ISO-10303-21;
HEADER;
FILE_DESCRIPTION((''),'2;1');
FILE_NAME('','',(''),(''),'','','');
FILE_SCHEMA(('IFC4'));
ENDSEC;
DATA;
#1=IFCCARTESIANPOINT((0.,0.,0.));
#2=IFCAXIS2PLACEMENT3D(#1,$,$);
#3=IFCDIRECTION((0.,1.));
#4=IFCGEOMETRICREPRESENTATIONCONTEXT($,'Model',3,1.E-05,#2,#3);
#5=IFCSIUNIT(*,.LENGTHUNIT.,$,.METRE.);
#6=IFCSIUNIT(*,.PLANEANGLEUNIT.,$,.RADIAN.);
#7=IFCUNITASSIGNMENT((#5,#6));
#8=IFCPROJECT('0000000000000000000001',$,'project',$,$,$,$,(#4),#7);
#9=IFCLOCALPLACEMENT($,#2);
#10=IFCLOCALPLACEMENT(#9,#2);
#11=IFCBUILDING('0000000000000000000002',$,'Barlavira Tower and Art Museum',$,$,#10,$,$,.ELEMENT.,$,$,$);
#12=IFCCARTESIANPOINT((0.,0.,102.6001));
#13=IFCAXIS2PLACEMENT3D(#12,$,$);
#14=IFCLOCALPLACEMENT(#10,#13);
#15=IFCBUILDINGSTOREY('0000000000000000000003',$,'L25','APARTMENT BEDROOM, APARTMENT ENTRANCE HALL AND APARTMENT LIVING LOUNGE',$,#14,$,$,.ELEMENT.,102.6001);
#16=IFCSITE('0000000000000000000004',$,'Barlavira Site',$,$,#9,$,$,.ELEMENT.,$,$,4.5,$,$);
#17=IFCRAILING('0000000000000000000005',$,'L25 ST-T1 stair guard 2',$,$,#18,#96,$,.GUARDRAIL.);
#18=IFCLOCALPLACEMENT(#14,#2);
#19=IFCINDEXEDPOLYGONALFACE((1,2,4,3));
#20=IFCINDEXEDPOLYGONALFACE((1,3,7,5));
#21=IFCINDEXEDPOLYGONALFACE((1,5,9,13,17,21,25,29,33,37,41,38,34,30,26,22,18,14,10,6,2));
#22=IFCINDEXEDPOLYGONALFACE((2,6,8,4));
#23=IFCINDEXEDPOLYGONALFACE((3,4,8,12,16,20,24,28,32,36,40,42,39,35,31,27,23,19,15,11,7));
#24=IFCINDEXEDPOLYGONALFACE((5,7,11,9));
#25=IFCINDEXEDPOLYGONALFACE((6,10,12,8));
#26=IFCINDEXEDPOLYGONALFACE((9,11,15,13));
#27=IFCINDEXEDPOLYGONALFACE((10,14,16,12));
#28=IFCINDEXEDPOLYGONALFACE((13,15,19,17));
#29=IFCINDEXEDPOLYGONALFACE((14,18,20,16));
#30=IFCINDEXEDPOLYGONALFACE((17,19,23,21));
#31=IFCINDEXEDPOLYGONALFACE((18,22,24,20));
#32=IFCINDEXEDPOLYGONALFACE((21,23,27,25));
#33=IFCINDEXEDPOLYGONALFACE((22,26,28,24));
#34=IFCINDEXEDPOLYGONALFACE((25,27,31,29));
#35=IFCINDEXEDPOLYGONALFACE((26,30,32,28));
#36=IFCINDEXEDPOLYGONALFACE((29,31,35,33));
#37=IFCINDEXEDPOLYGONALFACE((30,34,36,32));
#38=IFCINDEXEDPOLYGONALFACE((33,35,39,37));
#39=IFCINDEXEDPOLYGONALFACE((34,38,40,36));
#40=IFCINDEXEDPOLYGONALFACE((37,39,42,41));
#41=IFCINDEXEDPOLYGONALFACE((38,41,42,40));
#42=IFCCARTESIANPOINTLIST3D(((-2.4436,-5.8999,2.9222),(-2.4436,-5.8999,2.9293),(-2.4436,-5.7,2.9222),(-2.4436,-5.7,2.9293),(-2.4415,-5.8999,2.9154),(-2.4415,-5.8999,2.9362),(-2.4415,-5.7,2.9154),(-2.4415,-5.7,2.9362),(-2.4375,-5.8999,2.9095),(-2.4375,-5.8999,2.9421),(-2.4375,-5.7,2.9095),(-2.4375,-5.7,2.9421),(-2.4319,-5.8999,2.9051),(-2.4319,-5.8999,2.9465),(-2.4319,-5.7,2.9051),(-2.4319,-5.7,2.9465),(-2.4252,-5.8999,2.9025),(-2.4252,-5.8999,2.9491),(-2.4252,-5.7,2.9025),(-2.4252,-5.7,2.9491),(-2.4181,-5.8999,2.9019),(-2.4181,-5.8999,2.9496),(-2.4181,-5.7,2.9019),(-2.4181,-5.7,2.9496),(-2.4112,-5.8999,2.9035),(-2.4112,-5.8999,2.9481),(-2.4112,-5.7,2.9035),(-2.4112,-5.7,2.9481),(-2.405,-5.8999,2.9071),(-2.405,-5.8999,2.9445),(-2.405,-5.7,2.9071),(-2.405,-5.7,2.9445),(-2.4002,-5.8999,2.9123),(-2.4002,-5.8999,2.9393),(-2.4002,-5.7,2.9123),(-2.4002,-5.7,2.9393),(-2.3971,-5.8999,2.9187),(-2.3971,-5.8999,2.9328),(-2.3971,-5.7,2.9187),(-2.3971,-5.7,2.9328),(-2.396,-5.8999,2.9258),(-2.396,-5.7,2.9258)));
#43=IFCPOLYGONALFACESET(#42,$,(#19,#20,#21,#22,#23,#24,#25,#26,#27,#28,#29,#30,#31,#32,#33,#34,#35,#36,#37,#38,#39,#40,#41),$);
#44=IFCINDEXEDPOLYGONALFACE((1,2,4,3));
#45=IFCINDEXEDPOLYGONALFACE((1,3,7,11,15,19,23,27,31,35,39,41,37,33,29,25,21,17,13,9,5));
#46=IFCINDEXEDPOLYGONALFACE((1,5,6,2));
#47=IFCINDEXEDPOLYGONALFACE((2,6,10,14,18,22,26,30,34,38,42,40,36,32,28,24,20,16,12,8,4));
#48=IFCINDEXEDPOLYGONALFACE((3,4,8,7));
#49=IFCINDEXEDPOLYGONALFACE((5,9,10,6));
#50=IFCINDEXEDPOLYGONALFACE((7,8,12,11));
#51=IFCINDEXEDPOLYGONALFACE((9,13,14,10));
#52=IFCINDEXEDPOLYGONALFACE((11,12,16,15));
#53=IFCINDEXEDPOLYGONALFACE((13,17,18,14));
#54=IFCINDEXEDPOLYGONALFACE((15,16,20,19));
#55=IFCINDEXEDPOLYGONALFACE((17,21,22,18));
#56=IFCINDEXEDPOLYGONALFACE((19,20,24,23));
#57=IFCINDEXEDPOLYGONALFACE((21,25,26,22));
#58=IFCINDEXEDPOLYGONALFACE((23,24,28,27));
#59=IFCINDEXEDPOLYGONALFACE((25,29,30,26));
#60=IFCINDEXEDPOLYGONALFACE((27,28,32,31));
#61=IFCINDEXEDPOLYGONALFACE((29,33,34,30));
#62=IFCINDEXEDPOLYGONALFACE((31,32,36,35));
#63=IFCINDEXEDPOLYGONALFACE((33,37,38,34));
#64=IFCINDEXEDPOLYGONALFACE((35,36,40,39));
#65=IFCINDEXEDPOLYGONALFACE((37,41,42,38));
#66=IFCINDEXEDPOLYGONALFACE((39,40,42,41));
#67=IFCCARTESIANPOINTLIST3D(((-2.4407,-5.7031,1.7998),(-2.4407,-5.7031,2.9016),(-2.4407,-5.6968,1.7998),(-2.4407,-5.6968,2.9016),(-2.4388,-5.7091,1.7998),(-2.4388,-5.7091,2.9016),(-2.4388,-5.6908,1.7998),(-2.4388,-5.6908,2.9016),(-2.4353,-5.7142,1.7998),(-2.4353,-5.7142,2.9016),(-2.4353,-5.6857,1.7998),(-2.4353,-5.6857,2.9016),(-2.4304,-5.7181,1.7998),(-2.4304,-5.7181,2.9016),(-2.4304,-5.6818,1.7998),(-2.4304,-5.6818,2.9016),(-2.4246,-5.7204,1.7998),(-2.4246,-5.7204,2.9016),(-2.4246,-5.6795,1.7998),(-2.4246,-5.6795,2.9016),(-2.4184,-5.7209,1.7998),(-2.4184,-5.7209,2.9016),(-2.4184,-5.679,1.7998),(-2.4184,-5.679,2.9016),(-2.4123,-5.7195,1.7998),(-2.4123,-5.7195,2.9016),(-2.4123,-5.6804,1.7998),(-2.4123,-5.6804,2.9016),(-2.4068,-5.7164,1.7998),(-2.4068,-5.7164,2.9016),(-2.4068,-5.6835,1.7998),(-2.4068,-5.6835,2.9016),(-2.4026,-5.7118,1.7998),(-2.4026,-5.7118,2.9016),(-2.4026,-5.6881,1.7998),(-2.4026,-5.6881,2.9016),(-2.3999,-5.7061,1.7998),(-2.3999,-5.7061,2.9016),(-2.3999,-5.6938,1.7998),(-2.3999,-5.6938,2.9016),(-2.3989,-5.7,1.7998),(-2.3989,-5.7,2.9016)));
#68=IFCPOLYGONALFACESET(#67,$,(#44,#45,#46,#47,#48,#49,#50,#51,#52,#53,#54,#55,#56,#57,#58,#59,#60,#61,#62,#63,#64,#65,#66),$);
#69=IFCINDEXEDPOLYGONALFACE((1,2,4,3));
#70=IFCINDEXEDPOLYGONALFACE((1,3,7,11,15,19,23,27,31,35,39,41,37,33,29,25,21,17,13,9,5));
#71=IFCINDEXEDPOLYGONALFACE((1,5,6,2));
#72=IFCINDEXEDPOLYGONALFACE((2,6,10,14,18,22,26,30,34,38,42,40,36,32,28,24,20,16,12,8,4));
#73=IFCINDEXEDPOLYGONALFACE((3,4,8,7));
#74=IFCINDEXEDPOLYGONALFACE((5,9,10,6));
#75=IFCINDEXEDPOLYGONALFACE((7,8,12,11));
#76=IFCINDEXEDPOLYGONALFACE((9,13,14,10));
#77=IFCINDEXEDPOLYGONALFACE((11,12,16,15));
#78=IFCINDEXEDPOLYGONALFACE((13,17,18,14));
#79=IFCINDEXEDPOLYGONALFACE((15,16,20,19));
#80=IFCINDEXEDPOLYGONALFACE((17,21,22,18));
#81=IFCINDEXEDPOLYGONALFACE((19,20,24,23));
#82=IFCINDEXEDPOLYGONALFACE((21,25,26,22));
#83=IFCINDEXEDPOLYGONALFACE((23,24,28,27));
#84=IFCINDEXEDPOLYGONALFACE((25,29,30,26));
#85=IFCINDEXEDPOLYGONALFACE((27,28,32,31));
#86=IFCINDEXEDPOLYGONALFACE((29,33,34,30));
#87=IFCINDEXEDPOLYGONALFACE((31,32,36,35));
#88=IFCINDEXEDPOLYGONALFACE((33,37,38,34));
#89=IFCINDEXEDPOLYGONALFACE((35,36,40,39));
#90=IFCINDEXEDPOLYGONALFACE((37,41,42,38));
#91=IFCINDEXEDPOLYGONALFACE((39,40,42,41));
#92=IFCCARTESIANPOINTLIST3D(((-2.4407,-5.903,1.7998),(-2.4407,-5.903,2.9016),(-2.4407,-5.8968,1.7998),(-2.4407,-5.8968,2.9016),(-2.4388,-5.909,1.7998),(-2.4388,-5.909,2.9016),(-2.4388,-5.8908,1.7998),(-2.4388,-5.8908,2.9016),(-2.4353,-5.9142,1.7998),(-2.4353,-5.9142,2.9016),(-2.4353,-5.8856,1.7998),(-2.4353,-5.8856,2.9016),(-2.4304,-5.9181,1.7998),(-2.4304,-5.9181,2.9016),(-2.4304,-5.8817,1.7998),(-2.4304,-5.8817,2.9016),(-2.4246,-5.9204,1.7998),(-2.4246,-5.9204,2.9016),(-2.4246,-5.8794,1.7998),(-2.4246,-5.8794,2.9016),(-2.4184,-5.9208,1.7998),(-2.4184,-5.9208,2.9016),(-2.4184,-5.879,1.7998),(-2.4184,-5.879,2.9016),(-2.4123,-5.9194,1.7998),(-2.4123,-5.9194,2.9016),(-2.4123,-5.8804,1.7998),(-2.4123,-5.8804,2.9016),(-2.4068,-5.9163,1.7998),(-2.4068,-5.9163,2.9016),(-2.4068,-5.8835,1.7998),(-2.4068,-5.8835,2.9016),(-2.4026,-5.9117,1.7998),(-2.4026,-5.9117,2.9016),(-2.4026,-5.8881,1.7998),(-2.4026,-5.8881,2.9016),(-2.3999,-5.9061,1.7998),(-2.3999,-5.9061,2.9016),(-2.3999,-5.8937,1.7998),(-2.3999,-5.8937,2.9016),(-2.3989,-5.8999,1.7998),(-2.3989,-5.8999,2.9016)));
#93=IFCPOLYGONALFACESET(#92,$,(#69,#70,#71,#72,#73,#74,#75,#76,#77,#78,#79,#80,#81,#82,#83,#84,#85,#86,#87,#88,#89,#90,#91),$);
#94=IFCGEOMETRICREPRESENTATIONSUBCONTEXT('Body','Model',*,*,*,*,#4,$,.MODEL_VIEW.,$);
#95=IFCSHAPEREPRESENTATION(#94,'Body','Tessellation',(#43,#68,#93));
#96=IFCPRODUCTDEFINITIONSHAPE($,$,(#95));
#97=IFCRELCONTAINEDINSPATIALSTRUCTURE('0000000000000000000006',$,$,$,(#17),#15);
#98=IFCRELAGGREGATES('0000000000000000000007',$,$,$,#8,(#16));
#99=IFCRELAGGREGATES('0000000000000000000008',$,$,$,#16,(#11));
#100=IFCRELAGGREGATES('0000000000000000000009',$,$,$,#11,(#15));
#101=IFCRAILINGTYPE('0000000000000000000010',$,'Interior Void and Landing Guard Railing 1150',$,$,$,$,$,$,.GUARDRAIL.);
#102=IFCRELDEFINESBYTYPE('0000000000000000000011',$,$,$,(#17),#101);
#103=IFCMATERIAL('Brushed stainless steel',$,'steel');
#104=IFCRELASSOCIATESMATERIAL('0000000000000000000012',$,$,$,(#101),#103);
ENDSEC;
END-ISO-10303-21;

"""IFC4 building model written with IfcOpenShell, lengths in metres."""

from ifc_helpers import new_model, si_unit, direction, frame, origin, origin_2d, place, context, subcontext, project, spatial, circle, extrude, material, type_object, element, save


model = new_model("IFC4")

# Units and contexts
model_context = context("Model", 3, precision=1e-05, world=origin(), true_north=direction((0.0, 1.0)))
body_context = subcontext(model_context, "Body", "Model", "MODEL_VIEW")
ifc_project = project(units=[si_unit("LENGTHUNIT", "METRE"), si_unit("PLANEANGLEUNIT", "RADIAN")], contexts=[model_context])

# Site, building, storey
site_placement = place(None, origin())
site = spatial("IfcSite", under=ifc_project, at=site_placement, Name="Barlavira Site", CompositionType="ELEMENT", RefElevation=4.5)
building_placement = place(site_placement, origin())
building = spatial("IfcBuilding", under=site, at=building_placement, Name="Barlavira Tower and Art Museum", CompositionType="ELEMENT")
storey_placement = place(building_placement, frame((0.0, 0.0, 102.6001)))
storey = spatial("IfcBuildingStorey", under=building, at=storey_placement, Name="L25", Description="APARTMENT BEDROOM, APARTMENT ENTRANCE HALL AND APARTMENT LIVING LOUNGE", CompositionType="ELEMENT", Elevation=102.6001)

# Shared definitions
ifc_material_1 = material(Name="Brushed stainless steel", Category="steel")

# Railing
railing_type_1 = type_object("IfcRailingType", Name="Interior Void and Landing Guard Railing 1150", PredefinedType="GUARDRAIL", material=ifc_material_1)
railing_1_placement = place(storey_placement, frame((-2.4199, -5.7, 1.7998)))
element("IfcRailing", 1, at=railing_1_placement, inside=storey, type_object=railing_type_1, Name="L25 ST-T1 stair guard 2", PredefinedType="GUARDRAIL", context=body_context, shape_type="SweptSolid", body=[
    extrude(circle(Radius=0.0239, at=origin_2d()), frame((0.0, 0.0, 1.126), z_axis=(0.0, -1.0, 0.0), x_axis=(1.0, 0.0, 0.0)), (0.0, 0.0, 1.0), 0.2),
    extrude(circle(Radius=0.021, at=origin_2d()), origin(), (0.0, 0.0, 1.0), 1.1018),
    extrude(circle(Radius=0.021, at=origin_2d()), frame((0.0, -0.2, 0.0)), (0.0, 0.0, 1.0), 1.1018),
])

save(model, "model.ifc")
